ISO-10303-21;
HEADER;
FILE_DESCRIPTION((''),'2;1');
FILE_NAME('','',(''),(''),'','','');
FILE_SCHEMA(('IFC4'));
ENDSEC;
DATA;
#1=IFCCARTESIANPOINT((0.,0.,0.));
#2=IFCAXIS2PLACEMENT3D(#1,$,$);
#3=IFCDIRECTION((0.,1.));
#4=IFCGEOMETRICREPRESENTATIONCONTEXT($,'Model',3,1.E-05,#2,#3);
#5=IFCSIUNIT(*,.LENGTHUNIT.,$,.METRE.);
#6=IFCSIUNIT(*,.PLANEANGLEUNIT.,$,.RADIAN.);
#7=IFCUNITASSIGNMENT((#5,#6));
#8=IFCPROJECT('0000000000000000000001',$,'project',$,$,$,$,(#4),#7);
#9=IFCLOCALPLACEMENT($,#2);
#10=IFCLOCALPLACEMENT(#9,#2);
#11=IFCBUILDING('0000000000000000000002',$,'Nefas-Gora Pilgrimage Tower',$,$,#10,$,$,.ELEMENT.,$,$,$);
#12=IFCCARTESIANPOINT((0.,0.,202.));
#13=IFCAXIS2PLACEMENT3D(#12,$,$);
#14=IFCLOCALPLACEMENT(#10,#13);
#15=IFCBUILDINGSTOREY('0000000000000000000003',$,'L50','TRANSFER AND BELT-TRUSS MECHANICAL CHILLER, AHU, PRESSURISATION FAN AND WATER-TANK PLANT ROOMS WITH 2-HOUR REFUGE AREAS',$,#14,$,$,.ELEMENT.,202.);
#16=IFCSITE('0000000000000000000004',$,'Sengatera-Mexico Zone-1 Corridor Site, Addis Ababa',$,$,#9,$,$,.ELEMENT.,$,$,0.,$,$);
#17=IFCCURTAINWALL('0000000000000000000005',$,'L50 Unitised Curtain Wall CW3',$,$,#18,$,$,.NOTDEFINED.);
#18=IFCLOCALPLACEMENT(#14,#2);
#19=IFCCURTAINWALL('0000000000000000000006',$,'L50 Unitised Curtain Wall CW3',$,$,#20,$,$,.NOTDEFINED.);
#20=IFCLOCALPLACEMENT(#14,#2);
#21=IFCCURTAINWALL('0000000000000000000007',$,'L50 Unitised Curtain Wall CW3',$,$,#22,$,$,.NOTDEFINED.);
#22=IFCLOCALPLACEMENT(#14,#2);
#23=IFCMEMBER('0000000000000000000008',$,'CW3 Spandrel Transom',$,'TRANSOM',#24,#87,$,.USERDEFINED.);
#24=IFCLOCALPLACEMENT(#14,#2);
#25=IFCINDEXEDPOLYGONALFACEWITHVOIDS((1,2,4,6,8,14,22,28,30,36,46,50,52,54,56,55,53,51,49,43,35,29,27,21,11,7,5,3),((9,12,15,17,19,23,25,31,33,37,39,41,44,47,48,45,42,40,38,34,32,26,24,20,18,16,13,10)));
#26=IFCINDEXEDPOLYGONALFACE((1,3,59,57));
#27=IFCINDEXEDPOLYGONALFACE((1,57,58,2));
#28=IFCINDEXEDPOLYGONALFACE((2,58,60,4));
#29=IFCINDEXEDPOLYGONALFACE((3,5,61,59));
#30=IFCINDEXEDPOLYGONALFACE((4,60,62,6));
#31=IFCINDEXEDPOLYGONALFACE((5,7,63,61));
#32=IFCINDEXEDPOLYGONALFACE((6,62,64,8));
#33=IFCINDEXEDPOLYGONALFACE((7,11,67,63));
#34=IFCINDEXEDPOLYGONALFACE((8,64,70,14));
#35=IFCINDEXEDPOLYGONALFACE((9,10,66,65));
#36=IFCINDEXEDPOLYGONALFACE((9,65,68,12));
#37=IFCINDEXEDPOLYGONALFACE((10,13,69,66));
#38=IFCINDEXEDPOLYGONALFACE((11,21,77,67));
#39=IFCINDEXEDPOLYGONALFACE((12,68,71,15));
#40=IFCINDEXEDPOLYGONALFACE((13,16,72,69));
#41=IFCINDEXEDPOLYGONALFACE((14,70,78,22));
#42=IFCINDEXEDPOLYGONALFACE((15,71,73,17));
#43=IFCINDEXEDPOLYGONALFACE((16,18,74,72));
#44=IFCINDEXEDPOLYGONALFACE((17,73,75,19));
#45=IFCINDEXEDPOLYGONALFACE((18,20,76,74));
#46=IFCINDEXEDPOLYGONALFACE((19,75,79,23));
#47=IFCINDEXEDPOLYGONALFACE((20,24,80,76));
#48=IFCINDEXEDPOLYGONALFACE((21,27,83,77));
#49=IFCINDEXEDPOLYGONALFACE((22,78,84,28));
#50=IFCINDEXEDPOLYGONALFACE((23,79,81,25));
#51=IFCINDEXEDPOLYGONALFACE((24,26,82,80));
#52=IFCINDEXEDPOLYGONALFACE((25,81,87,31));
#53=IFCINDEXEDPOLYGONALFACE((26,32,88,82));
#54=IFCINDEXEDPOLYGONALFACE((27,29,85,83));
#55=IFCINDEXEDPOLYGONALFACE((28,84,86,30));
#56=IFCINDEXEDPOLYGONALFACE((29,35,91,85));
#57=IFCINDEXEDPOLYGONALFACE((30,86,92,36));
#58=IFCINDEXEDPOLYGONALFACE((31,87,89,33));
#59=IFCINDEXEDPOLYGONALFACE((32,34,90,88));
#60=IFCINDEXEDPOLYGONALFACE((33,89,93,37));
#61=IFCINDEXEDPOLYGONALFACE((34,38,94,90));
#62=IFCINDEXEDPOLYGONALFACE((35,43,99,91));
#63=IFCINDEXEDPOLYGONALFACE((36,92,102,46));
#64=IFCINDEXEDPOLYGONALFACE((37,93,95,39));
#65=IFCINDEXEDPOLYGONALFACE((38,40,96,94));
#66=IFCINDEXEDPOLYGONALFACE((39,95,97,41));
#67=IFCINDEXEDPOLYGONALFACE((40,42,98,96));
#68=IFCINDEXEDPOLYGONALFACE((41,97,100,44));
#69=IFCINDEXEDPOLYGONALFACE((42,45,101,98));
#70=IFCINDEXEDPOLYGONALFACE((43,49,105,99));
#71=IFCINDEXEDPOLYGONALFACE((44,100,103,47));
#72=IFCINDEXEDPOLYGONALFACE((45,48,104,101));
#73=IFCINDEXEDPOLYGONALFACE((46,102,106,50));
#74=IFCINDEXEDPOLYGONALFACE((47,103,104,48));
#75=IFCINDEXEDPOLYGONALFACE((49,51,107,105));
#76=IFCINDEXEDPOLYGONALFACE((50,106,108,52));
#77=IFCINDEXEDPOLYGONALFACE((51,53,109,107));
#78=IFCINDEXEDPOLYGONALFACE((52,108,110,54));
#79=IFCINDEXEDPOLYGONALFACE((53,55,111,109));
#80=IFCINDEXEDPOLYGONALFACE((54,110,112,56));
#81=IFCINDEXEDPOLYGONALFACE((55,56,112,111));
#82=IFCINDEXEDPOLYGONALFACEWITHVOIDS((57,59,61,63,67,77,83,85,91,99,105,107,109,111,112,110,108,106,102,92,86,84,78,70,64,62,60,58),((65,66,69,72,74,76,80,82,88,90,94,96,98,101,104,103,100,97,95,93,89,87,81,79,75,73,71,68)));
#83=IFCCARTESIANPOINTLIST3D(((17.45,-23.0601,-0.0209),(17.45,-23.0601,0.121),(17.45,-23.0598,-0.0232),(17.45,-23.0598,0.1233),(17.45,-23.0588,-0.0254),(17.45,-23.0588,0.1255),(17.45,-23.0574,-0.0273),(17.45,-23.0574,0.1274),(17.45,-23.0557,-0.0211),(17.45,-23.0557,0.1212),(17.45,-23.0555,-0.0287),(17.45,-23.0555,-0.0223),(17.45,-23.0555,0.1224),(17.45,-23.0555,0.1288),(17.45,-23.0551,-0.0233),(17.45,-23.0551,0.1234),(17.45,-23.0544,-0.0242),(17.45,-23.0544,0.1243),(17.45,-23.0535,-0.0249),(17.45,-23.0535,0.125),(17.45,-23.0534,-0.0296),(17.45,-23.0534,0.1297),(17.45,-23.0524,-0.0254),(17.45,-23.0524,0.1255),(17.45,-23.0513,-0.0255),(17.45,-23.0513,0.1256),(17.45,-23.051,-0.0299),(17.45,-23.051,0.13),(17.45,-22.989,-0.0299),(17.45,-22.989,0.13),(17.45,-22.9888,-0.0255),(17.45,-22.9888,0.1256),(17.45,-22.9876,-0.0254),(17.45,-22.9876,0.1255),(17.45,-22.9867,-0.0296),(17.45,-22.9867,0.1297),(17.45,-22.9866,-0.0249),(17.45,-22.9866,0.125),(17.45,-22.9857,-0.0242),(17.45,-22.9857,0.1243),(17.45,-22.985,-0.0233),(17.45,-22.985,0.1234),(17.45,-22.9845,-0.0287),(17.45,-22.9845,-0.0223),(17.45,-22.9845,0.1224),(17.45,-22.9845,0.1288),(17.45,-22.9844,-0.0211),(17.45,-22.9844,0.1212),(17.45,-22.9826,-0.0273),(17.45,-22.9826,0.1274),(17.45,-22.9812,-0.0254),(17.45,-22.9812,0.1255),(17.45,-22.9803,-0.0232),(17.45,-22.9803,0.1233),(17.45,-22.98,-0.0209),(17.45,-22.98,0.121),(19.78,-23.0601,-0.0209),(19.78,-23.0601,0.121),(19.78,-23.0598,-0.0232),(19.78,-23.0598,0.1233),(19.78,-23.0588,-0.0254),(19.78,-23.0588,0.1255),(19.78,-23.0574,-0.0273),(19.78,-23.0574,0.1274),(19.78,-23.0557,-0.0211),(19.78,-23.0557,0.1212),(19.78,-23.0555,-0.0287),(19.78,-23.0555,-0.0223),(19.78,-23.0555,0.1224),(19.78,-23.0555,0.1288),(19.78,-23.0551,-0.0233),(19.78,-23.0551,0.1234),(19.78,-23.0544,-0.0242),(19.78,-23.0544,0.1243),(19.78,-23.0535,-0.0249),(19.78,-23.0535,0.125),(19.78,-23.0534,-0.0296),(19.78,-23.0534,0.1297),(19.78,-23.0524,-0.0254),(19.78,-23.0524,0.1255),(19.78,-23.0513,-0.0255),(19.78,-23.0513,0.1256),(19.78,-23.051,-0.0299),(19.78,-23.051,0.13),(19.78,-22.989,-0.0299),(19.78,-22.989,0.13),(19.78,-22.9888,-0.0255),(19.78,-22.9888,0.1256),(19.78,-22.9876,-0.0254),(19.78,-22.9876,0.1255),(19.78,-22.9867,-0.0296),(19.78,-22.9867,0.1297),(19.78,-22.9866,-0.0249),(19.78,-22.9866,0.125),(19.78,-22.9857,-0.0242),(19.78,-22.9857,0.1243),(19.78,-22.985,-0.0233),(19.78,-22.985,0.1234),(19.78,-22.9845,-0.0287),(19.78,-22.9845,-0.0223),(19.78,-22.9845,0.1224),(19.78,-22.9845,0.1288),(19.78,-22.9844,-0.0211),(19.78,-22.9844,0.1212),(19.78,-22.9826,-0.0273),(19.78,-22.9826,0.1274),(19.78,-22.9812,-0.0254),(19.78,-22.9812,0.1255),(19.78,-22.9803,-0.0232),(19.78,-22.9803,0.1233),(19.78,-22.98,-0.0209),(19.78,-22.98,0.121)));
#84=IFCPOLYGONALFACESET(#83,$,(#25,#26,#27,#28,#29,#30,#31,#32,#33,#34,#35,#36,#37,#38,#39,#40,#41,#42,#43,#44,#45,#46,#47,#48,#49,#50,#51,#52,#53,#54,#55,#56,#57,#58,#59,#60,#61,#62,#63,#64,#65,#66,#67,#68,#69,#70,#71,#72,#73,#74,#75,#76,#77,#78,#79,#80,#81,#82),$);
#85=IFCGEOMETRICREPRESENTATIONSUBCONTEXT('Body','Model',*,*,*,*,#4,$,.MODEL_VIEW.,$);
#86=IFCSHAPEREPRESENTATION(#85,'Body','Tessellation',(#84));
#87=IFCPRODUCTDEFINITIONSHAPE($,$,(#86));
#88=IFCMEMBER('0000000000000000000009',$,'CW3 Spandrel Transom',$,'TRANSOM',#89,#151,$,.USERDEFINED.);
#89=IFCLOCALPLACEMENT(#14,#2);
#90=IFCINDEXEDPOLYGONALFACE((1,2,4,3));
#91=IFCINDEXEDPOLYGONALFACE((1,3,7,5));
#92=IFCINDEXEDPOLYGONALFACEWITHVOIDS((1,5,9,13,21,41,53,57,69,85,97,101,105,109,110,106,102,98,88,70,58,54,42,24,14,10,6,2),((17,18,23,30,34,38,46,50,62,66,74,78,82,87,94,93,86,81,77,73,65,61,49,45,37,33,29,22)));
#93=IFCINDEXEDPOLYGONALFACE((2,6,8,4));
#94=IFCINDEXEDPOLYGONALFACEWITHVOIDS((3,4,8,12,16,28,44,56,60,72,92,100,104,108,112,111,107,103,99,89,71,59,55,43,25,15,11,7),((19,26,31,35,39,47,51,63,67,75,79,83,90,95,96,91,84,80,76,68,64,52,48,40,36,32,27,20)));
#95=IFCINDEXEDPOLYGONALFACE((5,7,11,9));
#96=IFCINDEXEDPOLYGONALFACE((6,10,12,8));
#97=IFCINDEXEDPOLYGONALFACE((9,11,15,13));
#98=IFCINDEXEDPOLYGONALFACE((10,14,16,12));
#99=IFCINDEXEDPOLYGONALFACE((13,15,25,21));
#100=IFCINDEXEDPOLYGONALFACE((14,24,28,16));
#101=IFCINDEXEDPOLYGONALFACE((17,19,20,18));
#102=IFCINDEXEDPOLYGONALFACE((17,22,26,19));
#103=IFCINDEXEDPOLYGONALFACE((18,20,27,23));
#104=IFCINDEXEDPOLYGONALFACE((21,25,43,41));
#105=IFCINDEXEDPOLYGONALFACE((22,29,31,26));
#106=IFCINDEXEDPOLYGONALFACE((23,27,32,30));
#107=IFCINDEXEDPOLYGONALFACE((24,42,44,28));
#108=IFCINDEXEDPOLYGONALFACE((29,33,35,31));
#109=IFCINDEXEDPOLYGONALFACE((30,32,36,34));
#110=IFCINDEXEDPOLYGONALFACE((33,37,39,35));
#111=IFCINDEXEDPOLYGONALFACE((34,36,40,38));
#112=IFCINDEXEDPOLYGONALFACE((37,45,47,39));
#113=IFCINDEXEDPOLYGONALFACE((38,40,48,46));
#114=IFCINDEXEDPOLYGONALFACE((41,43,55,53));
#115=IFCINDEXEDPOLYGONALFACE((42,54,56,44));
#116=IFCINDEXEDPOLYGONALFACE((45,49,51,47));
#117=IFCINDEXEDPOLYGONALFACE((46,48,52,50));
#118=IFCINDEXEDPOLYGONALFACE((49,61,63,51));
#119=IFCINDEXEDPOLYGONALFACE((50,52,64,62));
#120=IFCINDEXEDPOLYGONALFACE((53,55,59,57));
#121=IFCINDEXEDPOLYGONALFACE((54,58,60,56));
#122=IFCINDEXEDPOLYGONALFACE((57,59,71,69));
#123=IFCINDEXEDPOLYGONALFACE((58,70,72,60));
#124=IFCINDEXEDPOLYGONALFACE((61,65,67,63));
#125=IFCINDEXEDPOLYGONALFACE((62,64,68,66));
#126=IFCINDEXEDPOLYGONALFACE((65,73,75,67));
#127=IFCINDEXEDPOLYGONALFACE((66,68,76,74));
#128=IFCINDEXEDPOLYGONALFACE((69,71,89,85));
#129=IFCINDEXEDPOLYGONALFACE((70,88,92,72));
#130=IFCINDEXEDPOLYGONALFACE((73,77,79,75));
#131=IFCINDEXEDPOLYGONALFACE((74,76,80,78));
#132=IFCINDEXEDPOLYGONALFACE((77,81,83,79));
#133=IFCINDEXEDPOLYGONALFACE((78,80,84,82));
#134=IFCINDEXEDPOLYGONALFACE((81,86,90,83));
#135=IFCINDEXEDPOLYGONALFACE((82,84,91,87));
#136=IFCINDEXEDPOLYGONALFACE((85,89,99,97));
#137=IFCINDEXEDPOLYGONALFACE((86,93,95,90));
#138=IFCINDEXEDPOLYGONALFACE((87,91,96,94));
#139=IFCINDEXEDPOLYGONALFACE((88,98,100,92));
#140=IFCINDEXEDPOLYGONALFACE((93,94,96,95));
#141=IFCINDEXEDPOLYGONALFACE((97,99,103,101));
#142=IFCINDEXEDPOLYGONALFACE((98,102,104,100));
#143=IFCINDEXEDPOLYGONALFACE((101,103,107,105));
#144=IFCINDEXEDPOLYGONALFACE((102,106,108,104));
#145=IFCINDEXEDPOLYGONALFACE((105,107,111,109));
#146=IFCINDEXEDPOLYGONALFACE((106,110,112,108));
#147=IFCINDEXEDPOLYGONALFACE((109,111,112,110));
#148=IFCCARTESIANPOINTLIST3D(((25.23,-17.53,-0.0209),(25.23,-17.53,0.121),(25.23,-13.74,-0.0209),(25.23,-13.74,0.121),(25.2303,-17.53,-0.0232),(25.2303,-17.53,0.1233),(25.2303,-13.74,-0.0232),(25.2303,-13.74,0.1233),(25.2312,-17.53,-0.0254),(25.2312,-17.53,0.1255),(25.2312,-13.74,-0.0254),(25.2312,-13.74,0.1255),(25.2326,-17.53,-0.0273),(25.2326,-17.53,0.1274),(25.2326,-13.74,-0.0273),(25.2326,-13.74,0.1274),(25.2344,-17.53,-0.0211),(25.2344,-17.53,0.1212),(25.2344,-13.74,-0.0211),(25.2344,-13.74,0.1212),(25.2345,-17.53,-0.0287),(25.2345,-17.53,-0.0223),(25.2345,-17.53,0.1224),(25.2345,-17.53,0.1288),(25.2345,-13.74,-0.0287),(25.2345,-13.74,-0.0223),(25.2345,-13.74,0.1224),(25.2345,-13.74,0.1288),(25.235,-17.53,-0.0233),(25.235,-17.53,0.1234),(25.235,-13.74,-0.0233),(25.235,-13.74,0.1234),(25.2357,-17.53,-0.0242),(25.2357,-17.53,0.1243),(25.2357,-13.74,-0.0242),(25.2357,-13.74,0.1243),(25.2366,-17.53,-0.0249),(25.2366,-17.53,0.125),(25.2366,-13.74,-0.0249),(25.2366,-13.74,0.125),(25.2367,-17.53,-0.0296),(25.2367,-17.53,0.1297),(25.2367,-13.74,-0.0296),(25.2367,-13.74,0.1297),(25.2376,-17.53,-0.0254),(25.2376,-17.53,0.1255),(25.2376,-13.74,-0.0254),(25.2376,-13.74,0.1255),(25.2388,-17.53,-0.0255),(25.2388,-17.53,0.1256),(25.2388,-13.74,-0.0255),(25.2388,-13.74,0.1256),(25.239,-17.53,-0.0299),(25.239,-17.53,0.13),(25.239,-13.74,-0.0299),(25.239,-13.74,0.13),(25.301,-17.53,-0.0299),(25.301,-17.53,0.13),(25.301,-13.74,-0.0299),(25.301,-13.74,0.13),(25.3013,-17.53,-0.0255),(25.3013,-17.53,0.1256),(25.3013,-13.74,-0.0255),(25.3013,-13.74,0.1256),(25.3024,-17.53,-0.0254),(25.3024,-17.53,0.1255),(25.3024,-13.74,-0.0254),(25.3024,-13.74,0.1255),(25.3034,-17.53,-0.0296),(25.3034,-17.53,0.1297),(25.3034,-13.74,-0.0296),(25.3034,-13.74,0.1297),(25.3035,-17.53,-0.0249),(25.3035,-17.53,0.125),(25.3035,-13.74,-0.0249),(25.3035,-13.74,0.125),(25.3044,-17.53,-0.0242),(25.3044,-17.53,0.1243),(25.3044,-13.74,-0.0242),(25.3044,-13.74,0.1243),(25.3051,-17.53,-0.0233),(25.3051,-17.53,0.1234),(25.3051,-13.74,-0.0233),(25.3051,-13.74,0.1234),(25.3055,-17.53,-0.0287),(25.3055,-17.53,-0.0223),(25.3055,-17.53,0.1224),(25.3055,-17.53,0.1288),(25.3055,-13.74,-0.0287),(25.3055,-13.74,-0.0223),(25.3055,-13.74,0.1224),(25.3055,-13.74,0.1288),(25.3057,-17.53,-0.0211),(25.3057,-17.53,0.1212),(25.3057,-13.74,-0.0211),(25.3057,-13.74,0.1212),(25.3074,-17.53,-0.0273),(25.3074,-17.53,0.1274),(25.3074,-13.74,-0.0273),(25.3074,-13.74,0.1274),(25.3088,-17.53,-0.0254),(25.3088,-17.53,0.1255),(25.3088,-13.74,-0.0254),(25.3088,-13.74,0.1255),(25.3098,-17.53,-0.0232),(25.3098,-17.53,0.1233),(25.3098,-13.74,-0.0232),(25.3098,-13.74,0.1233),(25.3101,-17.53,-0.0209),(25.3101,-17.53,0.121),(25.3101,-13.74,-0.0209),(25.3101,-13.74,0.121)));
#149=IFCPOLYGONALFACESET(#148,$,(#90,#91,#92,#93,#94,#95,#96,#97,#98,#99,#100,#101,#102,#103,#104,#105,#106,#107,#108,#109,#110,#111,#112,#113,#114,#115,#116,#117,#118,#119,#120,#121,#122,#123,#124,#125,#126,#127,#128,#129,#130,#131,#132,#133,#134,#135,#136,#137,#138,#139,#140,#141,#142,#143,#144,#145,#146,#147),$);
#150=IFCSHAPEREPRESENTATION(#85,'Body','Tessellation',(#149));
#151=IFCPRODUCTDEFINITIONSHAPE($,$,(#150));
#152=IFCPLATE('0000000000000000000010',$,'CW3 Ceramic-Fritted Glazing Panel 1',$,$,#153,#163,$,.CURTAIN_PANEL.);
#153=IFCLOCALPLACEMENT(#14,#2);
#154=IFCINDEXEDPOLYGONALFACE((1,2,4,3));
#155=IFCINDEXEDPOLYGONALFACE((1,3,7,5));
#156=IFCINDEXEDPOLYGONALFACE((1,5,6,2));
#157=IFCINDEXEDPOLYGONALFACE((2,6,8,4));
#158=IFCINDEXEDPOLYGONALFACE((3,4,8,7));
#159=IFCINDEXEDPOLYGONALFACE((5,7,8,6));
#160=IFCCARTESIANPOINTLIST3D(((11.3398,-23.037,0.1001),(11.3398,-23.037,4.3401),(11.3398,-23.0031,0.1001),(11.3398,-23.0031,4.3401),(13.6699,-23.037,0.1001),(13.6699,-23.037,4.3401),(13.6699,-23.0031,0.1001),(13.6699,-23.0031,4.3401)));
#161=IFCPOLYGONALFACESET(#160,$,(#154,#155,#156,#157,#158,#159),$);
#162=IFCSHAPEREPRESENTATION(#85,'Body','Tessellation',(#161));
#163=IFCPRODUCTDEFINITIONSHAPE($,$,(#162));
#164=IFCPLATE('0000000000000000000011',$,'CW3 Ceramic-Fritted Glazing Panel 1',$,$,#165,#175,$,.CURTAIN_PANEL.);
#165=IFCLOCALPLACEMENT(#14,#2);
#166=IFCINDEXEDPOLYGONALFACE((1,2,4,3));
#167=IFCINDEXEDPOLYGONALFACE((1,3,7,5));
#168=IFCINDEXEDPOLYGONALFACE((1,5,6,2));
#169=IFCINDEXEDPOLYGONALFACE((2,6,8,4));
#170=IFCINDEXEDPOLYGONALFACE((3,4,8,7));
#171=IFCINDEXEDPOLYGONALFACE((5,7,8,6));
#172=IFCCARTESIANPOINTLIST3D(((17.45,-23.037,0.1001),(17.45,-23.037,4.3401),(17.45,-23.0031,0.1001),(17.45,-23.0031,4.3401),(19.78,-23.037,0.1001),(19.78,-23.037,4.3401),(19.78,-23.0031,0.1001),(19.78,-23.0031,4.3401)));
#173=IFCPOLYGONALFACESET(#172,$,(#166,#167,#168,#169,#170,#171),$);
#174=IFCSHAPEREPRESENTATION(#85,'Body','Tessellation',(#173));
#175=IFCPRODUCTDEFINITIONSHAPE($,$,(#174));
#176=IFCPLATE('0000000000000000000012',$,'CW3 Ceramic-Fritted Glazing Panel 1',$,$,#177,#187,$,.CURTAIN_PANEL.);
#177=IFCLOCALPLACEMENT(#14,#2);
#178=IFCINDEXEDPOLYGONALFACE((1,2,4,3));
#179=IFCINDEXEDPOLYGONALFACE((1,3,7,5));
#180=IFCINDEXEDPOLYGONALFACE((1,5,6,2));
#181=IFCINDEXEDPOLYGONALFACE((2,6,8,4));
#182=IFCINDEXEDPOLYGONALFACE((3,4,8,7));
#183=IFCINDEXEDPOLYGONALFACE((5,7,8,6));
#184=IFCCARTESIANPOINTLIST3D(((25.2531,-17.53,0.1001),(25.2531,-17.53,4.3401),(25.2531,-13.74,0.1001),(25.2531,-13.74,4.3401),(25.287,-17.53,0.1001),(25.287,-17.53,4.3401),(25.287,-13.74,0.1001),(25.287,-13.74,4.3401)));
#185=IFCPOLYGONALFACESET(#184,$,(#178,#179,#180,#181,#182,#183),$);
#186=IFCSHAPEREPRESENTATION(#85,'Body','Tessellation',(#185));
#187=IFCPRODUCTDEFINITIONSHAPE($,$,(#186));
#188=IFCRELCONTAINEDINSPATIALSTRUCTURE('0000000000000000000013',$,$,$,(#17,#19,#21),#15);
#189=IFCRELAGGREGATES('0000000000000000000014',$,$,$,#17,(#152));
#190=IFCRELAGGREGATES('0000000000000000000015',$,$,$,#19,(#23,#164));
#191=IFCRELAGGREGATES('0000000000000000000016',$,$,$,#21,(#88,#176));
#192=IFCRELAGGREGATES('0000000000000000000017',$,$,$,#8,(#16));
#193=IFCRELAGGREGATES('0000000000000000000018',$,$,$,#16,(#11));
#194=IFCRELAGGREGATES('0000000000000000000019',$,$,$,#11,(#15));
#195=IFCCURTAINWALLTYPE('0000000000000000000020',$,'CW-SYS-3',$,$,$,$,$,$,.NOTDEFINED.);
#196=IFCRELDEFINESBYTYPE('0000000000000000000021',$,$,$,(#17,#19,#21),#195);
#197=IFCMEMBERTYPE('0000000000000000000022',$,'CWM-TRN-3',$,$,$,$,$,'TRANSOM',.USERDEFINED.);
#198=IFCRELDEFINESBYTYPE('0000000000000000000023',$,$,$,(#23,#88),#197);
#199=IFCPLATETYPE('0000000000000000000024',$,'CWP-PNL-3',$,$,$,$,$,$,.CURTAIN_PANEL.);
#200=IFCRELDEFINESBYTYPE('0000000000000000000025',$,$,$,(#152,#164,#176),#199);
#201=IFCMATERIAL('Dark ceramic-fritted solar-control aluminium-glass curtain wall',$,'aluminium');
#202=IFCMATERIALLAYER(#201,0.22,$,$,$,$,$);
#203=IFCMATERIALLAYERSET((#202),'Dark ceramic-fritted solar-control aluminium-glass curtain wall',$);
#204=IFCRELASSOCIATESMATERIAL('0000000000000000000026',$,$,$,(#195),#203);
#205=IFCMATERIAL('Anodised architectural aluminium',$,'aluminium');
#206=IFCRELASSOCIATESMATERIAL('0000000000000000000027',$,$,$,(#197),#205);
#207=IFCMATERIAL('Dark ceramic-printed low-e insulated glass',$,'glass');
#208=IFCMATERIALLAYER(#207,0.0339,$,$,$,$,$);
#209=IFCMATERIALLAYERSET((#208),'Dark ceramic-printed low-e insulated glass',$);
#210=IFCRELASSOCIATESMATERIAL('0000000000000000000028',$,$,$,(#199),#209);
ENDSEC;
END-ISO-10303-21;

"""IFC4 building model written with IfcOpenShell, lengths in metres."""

from ifc_helpers import new_model, si_unit, direction, frame, origin, origin_2d, place, context, subcontext, project, spatial, rectangle, hollow_rectangle, extrude, source, transform, mapped, material, layer, layer_set, material_profile, profile_set, type_object, element, aggregate, save


model = new_model("IFC4")

# Units and contexts
model_context = context("Model", 3, precision=1e-05, world=origin(), true_north=direction((0.0, 1.0)))
body_context = subcontext(model_context, "Body", "Model", "MODEL_VIEW")
ifc_project = project(units=[si_unit("LENGTHUNIT", "METRE"), si_unit("PLANEANGLEUNIT", "RADIAN")], contexts=[model_context])

# Site, building, storey
site_placement = place(None, origin())
site = spatial("IfcSite", under=ifc_project, at=site_placement, Name="Sengatera-Mexico Zone-1 Corridor Site, Addis Ababa", CompositionType="ELEMENT", RefElevation=0.0)
building_placement = place(site_placement, origin())
building = spatial("IfcBuilding", under=site, at=building_placement, Name="Nefas-Gora Pilgrimage Tower", CompositionType="ELEMENT")
storey_placement = place(building_placement, frame((0.0, 0.0, 202.0)))
storey = spatial("IfcBuildingStorey", under=building, at=storey_placement, Name="L50", Description="TRANSFER AND BELT-TRUSS MECHANICAL CHILLER, AHU, PRESSURISATION FAN AND WATER-TANK PLANT ROOMS WITH 2-HOUR REFUGE AREAS", CompositionType="ELEMENT", Elevation=202.0)

# Curtain walls
ifc_material_1 = material(Name="Dark ceramic-fritted solar-control aluminium-glass curtain wall", Category="aluminium")
ifc_layer_1 = layer(ifc_material_1, 0.22)
ifc_layer_set_1 = layer_set([ifc_layer_1], Name="Dark ceramic-fritted solar-control aluminium-glass curtain wall")
curtain_wall_type = type_object("IfcCurtainWallType", Name="CW-SYS-3", PredefinedType="NOTDEFINED", material=ifc_layer_set_1)
curtain_wall_1_placement = place(storey_placement, origin())
curtain_wall_1 = element("IfcCurtainWall", 1, at=curtain_wall_1_placement, inside=storey, type_object=curtain_wall_type, Name="L50 Unitised Curtain Wall CW3", PredefinedType="NOTDEFINED")
ifc_material_2 = material(Name="Anodised architectural aluminium", Category="aluminium")
curtain_wall_2_placement = place(storey_placement, origin())
curtain_wall_2 = element("IfcCurtainWall", 2, at=curtain_wall_2_placement, inside=storey, type_object=curtain_wall_type, Name="L50 Unitised Curtain Wall CW3", PredefinedType="NOTDEFINED")
curtain_wall_3_placement = place(storey_placement, origin())
curtain_wall_3 = element("IfcCurtainWall", 3, at=curtain_wall_3_placement, inside=storey, type_object=curtain_wall_type, Name="L50 Unitised Curtain Wall CW3", PredefinedType="NOTDEFINED")

# Members
ifc_material_profile_1 = material_profile(ifc_material_2, hollow_rectangle(XDim=0.0801, YDim=0.1599, WallThickness=0.0044, InnerFilletRadius=0.0044, OuterFilletRadius=0.009, at=origin_2d()), Name="ALU TRANSOM 80x160")
ifc_profile_set_1 = profile_set([ifc_material_profile_1], Name="Anodised architectural aluminium")
member_type_1 = type_object("IfcMemberType", Name="CWM-TRN-3", ElementType="TRANSOM", PredefinedType="USERDEFINED", material=ifc_profile_set_1)
shared_shape_1 = source(origin(), body_context, "Body", "SweptSolid", [
    extrude(hollow_rectangle(XDim=0.0801, YDim=0.1599, WallThickness=0.0044, InnerFilletRadius=0.0044, OuterFilletRadius=0.009, at=origin_2d()), origin(), (0.0, 0.0, 1.0), 2.3301),
])
member_1_placement = place(storey_placement, frame((17.45, -23.02, 0.05), z_axis=(1.0, 0.0, 0.0), x_axis=(0.0, 1.0, 0.0)))
member_1 = element("IfcMember", 4, at=member_1_placement, type_object=member_type_1, Name="CW3 Spandrel Transom", ObjectType="TRANSOM", PredefinedType="USERDEFINED", context=body_context, shape_type="MappedRepresentation", body=[
    mapped(shared_shape_1, transform((0.0, 0.0, 0.0), x_axis=(1.0, 0.0, 0.0), y_axis=(0.0, 1.0, 0.0), z_axis=(0.0, 0.0, 1.0), scale=1.0)),
])
shared_shape_2 = source(origin(), body_context, "Body", "SweptSolid", [
    extrude(hollow_rectangle(XDim=0.0801, YDim=0.1599, WallThickness=0.0044, InnerFilletRadius=0.0044, OuterFilletRadius=0.009, at=origin_2d()), origin(), (0.0, 0.0, 1.0), 3.79),
])
member_2_placement = place(storey_placement, frame((25.27, -17.53, 0.05), z_axis=(0.0, 1.0, 0.0), x_axis=(-1.0, 0.0, 0.0)))
member_2 = element("IfcMember", 5, at=member_2_placement, type_object=member_type_1, Name="CW3 Spandrel Transom", ObjectType="TRANSOM", PredefinedType="USERDEFINED", context=body_context, shape_type="MappedRepresentation", body=[
    mapped(shared_shape_2, transform((0.0, 0.0, 0.0), x_axis=(1.0, 0.0, 0.0), y_axis=(0.0, 1.0, 0.0), z_axis=(0.0, 0.0, 1.0), scale=1.0)),
])

# Plates
ifc_material_3 = material(Name="Dark ceramic-printed low-e insulated glass", Category="glass")
ifc_layer_2 = layer(ifc_material_3, 0.0339)
ifc_layer_set_2 = layer_set([ifc_layer_2], Name="Dark ceramic-printed low-e insulated glass")
plate_type = type_object("IfcPlateType", Name="CWP-PNL-3", PredefinedType="CURTAIN_PANEL", material=ifc_layer_set_2)
shared_shape_3 = source(origin(), body_context, "Body", "SweptSolid", [
    extrude(rectangle(XDim=2.3301, YDim=0.0339, at=origin_2d()), origin(), (0.0, 0.0, 1.0), 4.24),
])
plate_1_placement = place(storey_placement, frame((12.5049, -23.02, 0.1001), z_axis=(0.0, 0.0, 1.0), x_axis=(1.0, 0.0, 0.0)))
plate_1 = element("IfcPlate", 6, at=plate_1_placement, type_object=plate_type, Name="CW3 Ceramic-Fritted Glazing Panel 1", PredefinedType="CURTAIN_PANEL", context=body_context, shape_type="MappedRepresentation", body=[
    mapped(shared_shape_3, transform((0.0, 0.0, 0.0), x_axis=(1.0, 0.0, 0.0), y_axis=(0.0, 1.0, 0.0), z_axis=(0.0, 0.0, 1.0), scale=1.0)),
])
aggregate(curtain_wall_1, [plate_1])
plate_2_placement = place(storey_placement, frame((18.615, -23.02, 0.1001), z_axis=(0.0, 0.0, 1.0), x_axis=(1.0, 0.0, 0.0)))
plate_2 = element("IfcPlate", 7, at=plate_2_placement, type_object=plate_type, Name="CW3 Ceramic-Fritted Glazing Panel 1", PredefinedType="CURTAIN_PANEL", context=body_context, shape_type="MappedRepresentation", body=[
    mapped(shared_shape_3, transform((0.0, 0.0, 0.0), x_axis=(1.0, 0.0, 0.0), y_axis=(0.0, 1.0, 0.0), z_axis=(0.0, 0.0, 1.0), scale=1.0)),
])
aggregate(curtain_wall_2, [member_1, plate_2])
shared_shape_4 = source(origin(), body_context, "Body", "SweptSolid", [
    extrude(rectangle(XDim=3.79, YDim=0.0339, at=origin_2d()), origin(), (0.0, 0.0, 1.0), 4.24),
])
plate_3_placement = place(storey_placement, frame((25.27, -15.635, 0.1001), z_axis=(0.0, 0.0, 1.0), x_axis=(0.0, 1.0, 0.0)))
plate_3 = element("IfcPlate", 8, at=plate_3_placement, type_object=plate_type, Name="CW3 Ceramic-Fritted Glazing Panel 1", PredefinedType="CURTAIN_PANEL", context=body_context, shape_type="MappedRepresentation", body=[
    mapped(shared_shape_4, transform((0.0, 0.0, 0.0), x_axis=(1.0, 0.0, 0.0), y_axis=(0.0, 1.0, 0.0), z_axis=(0.0, 0.0, 1.0), scale=1.0)),
])
aggregate(curtain_wall_3, [member_2, plate_3])

save(model, "model.ifc")
